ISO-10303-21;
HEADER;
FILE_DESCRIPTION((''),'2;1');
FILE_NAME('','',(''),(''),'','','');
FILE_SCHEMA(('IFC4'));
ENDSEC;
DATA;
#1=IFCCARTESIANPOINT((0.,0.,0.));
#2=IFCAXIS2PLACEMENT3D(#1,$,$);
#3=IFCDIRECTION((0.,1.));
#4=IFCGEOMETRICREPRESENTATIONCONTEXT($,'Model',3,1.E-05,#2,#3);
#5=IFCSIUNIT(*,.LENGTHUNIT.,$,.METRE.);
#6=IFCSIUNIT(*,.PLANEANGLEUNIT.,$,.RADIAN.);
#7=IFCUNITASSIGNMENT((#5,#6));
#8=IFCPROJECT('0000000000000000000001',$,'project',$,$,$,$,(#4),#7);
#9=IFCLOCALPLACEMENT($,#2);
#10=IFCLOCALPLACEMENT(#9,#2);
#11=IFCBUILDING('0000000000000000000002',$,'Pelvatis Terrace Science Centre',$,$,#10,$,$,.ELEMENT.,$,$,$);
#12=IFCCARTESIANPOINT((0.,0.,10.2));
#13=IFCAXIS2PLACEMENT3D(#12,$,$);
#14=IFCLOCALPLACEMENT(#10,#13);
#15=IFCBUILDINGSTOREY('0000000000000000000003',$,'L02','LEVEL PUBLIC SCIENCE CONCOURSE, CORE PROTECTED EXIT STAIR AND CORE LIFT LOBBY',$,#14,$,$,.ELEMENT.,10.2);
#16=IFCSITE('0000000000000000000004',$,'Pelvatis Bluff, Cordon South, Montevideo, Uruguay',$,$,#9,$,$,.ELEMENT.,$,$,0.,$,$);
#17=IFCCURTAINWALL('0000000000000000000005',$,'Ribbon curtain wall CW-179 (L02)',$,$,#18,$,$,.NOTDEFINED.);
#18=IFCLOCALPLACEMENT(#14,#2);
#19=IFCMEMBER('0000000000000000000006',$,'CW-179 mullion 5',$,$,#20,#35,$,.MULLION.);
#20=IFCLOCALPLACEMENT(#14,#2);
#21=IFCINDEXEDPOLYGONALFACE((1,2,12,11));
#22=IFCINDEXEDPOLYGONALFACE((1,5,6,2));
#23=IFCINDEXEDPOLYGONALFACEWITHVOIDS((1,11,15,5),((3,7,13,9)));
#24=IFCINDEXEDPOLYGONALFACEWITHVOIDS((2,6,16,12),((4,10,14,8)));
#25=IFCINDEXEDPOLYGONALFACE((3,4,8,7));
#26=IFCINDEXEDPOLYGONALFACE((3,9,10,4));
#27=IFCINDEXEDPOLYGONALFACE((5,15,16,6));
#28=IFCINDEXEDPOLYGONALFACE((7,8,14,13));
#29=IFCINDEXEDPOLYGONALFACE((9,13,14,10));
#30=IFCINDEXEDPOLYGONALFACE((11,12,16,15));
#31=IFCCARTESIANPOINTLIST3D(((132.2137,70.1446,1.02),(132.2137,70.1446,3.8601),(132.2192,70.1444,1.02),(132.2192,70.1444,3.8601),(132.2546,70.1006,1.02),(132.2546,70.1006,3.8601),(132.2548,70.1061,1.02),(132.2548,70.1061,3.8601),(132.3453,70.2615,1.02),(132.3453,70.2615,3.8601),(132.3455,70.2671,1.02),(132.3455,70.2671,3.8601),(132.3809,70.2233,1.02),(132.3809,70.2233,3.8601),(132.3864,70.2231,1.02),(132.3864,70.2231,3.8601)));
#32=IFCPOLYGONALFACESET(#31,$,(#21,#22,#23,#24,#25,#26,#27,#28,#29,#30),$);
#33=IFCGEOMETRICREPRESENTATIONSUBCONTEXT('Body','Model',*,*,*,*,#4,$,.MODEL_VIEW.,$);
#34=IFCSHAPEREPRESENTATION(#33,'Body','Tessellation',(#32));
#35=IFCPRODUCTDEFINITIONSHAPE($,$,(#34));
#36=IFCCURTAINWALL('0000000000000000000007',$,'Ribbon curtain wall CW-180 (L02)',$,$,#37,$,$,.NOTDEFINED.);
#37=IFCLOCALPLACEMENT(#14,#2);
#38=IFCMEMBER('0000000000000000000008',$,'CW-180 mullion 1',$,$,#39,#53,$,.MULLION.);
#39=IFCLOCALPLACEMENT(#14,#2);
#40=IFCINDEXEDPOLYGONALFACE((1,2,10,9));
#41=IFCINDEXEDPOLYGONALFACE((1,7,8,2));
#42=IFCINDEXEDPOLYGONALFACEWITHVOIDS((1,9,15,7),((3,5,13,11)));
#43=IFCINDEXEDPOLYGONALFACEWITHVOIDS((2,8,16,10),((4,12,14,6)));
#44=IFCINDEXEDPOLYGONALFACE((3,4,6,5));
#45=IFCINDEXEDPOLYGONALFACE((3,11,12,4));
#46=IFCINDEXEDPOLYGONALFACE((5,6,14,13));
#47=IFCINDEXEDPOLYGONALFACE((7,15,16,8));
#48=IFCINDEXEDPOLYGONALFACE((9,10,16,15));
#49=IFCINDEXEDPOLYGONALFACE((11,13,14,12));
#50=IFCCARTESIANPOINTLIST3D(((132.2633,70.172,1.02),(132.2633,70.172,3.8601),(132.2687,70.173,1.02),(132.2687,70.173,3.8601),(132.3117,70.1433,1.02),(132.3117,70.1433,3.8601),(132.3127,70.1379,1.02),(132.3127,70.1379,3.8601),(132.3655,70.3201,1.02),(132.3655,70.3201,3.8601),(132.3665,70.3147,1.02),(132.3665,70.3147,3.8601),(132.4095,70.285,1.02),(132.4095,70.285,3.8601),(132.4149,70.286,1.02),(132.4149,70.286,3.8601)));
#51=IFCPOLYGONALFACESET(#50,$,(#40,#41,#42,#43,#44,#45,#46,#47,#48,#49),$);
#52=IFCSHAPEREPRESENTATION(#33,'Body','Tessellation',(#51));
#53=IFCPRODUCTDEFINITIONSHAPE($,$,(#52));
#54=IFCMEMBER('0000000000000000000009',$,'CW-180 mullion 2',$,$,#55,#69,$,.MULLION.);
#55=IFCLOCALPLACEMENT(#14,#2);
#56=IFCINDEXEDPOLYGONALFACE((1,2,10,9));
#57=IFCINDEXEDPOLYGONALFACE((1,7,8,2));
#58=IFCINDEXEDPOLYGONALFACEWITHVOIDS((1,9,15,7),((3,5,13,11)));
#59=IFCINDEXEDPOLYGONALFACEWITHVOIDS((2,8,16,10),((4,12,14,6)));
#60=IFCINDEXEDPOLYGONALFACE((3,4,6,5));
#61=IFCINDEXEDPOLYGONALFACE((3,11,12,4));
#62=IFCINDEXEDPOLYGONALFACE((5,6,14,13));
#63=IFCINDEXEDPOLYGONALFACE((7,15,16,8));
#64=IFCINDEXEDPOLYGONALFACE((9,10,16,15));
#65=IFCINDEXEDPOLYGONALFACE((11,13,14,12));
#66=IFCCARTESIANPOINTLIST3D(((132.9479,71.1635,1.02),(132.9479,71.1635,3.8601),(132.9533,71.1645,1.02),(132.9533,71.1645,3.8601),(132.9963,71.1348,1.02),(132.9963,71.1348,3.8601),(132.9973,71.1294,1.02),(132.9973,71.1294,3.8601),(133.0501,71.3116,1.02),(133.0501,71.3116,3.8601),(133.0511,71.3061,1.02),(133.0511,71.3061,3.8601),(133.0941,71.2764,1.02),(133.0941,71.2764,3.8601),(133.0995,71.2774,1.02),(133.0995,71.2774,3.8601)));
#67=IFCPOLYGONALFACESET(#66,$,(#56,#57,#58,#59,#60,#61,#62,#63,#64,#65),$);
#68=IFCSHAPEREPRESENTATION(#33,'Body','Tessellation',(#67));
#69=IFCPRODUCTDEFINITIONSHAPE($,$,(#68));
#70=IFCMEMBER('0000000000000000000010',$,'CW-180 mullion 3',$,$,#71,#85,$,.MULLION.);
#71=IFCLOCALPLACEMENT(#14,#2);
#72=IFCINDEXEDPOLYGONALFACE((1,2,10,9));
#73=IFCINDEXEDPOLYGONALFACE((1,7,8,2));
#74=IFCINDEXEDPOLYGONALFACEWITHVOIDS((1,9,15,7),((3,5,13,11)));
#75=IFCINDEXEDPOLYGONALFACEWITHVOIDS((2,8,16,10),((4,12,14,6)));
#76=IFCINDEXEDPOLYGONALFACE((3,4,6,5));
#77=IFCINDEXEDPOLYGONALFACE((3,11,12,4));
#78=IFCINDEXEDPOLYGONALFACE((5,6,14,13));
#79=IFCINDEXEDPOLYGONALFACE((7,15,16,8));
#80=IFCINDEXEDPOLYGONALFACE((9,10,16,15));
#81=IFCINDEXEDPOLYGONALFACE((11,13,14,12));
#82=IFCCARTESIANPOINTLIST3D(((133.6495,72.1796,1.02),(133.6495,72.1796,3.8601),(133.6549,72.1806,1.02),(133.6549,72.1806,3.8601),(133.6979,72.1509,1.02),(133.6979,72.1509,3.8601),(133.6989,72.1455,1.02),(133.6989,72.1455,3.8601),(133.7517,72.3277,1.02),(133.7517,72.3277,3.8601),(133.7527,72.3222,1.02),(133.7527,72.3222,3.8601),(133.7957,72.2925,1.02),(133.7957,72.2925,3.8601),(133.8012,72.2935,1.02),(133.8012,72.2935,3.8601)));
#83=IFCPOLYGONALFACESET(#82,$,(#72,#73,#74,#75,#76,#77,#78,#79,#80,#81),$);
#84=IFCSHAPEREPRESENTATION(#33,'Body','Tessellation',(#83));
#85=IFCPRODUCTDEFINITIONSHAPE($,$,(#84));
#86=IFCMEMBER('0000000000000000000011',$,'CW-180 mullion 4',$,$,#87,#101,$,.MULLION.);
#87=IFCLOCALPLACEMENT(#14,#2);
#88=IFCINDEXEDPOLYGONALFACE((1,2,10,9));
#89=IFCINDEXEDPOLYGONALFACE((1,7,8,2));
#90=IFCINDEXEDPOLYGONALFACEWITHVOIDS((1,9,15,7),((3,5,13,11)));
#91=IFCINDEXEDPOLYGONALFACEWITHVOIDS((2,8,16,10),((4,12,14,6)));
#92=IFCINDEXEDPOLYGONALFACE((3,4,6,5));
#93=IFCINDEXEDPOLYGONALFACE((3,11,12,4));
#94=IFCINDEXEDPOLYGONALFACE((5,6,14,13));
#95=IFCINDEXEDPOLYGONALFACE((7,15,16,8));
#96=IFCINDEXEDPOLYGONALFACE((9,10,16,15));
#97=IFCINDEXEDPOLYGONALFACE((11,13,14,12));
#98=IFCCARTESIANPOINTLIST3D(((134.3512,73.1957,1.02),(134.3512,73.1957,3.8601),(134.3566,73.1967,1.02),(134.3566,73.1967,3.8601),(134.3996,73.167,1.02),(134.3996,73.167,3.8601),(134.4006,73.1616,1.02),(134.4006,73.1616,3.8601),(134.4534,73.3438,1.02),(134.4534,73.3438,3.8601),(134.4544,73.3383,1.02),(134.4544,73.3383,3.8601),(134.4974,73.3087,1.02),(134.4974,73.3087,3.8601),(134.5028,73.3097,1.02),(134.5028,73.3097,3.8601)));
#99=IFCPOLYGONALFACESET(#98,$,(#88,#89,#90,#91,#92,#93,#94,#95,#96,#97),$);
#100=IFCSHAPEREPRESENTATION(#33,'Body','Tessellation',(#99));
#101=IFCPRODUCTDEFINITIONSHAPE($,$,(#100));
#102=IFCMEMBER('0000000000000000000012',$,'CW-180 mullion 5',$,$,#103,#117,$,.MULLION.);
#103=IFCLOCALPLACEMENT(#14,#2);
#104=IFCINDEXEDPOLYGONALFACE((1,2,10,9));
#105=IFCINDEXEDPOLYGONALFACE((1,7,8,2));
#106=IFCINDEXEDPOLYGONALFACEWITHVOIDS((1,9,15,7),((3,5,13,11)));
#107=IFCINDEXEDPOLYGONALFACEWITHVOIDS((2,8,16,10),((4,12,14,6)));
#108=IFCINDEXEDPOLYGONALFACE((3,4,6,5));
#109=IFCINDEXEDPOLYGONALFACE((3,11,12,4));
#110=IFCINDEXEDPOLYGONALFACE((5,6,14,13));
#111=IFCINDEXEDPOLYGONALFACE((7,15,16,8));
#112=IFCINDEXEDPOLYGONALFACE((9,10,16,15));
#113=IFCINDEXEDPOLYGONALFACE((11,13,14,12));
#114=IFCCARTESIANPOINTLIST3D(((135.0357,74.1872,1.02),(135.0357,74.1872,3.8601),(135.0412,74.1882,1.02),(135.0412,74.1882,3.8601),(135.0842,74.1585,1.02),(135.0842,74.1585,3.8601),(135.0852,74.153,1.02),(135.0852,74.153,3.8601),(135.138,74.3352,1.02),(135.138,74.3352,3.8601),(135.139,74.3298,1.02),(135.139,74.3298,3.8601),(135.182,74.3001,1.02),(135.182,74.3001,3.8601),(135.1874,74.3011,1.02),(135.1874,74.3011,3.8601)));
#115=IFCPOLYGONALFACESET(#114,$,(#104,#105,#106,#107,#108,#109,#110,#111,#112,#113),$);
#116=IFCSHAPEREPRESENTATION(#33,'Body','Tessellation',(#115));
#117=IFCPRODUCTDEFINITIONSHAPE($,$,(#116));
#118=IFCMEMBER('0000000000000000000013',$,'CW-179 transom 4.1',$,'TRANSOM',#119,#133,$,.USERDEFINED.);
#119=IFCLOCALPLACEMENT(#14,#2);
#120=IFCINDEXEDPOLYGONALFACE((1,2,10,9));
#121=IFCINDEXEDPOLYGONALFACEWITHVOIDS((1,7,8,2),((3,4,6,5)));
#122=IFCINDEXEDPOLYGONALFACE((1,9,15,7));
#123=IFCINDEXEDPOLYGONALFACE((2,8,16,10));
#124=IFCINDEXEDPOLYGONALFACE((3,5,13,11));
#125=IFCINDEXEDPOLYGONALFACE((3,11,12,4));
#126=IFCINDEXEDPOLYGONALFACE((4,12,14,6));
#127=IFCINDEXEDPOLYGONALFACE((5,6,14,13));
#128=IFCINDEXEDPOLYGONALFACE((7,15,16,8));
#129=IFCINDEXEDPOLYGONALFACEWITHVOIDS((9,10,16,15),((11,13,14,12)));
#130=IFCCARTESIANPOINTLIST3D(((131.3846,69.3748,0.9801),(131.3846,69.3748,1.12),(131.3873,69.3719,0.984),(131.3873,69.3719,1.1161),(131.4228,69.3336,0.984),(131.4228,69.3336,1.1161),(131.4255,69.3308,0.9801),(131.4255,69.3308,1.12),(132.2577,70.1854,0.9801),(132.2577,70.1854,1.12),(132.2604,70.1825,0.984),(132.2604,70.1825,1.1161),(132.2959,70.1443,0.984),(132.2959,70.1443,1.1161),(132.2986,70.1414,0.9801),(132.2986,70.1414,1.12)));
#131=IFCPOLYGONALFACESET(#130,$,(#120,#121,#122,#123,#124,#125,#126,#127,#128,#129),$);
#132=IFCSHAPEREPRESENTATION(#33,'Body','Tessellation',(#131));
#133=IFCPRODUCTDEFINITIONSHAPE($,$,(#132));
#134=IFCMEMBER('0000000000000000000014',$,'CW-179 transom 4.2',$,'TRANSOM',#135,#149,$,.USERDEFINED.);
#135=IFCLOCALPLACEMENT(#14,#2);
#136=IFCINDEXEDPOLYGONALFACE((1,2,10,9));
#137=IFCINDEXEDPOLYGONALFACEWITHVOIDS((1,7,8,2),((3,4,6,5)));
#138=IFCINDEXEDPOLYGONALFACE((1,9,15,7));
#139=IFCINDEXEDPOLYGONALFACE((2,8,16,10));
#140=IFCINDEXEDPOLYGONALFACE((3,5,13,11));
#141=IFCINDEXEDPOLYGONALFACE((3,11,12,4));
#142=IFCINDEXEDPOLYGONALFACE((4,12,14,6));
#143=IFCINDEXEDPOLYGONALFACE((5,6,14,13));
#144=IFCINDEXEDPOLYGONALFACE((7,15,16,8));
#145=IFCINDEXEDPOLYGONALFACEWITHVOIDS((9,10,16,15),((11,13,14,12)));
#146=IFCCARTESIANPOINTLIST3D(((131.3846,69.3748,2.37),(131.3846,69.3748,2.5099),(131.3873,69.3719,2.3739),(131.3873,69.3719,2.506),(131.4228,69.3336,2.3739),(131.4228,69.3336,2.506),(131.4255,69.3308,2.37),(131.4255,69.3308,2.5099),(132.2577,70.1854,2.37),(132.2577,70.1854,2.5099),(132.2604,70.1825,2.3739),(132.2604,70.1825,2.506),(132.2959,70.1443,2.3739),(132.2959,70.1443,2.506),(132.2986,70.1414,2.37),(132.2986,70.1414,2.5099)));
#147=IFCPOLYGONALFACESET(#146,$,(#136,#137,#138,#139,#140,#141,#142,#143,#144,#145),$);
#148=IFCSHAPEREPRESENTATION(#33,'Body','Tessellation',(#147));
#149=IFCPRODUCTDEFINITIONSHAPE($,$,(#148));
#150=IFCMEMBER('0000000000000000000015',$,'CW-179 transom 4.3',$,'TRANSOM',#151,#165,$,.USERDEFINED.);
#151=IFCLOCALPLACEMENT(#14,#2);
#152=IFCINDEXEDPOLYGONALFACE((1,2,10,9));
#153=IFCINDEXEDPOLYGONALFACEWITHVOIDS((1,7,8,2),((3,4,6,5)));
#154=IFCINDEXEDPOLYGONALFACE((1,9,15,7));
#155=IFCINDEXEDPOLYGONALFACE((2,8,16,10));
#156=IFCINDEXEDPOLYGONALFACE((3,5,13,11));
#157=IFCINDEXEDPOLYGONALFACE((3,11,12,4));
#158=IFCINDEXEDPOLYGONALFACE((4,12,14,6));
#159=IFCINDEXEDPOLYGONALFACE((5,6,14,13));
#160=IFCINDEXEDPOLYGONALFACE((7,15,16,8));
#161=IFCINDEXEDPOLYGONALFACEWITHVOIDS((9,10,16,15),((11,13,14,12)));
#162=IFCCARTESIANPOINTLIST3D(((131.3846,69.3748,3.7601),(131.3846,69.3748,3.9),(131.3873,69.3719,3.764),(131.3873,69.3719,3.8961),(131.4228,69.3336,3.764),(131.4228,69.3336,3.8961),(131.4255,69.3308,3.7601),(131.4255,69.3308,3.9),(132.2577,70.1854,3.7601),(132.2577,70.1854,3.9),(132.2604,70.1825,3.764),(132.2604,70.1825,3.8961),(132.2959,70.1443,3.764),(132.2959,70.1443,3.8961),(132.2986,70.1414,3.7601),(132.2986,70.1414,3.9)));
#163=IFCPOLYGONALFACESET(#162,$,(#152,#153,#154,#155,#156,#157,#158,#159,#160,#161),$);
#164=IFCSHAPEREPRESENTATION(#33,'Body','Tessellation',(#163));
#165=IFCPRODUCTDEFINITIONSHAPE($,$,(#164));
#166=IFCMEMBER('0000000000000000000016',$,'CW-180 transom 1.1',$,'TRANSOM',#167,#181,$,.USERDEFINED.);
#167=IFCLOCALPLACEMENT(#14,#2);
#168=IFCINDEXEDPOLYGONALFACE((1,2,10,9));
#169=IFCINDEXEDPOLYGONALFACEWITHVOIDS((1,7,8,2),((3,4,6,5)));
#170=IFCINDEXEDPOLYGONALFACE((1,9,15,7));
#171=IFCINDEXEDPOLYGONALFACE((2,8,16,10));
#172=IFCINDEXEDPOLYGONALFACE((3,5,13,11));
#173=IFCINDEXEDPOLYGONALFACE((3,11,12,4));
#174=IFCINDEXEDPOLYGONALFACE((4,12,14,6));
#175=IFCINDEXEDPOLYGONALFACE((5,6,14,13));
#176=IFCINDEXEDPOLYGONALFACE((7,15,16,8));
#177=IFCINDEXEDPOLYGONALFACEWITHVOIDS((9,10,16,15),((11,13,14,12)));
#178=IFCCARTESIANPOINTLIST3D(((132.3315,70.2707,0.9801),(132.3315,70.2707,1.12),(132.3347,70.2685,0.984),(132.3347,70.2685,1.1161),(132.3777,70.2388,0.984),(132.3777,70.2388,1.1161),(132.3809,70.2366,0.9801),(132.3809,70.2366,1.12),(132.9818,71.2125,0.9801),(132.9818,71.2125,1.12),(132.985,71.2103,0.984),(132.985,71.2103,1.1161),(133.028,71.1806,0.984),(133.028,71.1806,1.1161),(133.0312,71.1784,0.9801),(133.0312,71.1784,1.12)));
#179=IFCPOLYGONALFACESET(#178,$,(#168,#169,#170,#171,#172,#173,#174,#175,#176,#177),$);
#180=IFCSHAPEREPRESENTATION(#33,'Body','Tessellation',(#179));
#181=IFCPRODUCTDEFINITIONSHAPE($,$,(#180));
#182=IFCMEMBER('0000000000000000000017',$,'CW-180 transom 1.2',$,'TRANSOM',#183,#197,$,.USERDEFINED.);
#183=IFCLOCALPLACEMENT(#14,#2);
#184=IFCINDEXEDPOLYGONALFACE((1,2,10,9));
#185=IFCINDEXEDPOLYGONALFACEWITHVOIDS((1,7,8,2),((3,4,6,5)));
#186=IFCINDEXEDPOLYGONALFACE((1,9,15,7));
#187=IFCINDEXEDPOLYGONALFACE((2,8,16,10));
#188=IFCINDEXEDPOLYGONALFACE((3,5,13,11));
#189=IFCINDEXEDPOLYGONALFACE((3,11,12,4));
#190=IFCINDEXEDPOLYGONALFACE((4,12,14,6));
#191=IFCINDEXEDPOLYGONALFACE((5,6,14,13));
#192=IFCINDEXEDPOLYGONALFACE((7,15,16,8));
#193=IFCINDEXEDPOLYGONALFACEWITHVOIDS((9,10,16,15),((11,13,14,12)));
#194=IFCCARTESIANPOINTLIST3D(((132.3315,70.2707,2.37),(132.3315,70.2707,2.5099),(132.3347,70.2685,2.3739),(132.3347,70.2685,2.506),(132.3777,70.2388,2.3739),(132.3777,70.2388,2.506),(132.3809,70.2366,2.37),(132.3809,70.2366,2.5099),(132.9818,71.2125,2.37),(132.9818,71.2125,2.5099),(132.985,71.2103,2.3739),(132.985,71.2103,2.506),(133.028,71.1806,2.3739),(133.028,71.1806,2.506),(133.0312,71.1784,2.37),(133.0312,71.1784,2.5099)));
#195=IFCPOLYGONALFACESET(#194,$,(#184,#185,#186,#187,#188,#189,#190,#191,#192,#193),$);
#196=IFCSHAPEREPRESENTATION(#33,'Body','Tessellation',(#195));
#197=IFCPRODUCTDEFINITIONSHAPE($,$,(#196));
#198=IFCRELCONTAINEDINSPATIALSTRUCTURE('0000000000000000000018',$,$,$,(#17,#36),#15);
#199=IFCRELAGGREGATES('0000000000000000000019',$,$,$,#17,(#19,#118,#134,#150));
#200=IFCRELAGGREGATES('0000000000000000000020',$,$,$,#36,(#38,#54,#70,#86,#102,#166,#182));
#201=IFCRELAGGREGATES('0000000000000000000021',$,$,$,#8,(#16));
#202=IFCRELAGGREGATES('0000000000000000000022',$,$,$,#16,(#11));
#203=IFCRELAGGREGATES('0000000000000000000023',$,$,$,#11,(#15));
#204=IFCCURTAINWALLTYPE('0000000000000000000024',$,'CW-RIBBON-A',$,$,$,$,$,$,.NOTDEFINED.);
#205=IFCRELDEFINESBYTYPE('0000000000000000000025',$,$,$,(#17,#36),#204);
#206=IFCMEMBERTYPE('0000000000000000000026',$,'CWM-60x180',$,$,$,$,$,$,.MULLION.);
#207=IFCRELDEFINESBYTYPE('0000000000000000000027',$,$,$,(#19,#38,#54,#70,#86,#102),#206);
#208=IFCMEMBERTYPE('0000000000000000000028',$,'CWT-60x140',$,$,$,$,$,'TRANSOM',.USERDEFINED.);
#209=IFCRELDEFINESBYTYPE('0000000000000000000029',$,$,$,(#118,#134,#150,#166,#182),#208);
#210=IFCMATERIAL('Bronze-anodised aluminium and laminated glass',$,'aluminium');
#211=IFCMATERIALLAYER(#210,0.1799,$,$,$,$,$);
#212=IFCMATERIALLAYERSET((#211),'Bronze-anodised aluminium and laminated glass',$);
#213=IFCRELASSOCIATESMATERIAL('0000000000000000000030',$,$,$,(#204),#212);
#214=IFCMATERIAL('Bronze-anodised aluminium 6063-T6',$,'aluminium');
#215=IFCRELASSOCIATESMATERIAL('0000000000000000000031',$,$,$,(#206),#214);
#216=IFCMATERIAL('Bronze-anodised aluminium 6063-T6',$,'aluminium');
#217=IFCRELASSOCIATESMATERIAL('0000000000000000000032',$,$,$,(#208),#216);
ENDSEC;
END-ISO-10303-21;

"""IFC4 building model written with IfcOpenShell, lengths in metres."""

from ifc_helpers import new_model, si_unit, direction, frame, origin, origin_2d, place, context, subcontext, project, spatial, hollow_rectangle, extrude, material, layer, layer_set, material_profile, profile_set, type_object, element, aggregate, save


model = new_model("IFC4")

# Units and contexts
model_context = context("Model", 3, precision=1e-05, world=origin(), true_north=direction((0.0, 1.0)))
body_context = subcontext(model_context, "Body", "Model", "MODEL_VIEW")
ifc_project = project(units=[si_unit("LENGTHUNIT", "METRE"), si_unit("PLANEANGLEUNIT", "RADIAN")], contexts=[model_context])

# Site, building, storey
site_placement = place(None, origin())
site = spatial("IfcSite", under=ifc_project, at=site_placement, Name="Pelvatis Bluff, Cordon South, Montevideo, Uruguay", CompositionType="ELEMENT", RefElevation=0.0)
building_placement = place(site_placement, origin())
building = spatial("IfcBuilding", under=site, at=building_placement, Name="Pelvatis Terrace Science Centre", CompositionType="ELEMENT")
storey_placement = place(building_placement, frame((0.0, 0.0, 10.2)))
storey = spatial("IfcBuildingStorey", under=building, at=storey_placement, Name="L02", Description="LEVEL PUBLIC SCIENCE CONCOURSE, CORE PROTECTED EXIT STAIR AND CORE LIFT LOBBY", CompositionType="ELEMENT", Elevation=10.2)

# Curtain wall, member
ifc_material_1 = material(Name="Bronze-anodised aluminium and laminated glass", Category="aluminium")
ifc_layer_1 = layer(ifc_material_1, 0.1799)
ifc_layer_set_1 = layer_set([ifc_layer_1], Name="Bronze-anodised aluminium and laminated glass")
curtain_wall_type = type_object("IfcCurtainWallType", Name="CW-RIBBON-A", PredefinedType="NOTDEFINED", material=ifc_layer_set_1)
curtain_wall_1_placement = place(storey_placement, origin())
curtain_wall_1 = element("IfcCurtainWall", 1, at=curtain_wall_1_placement, inside=storey, type_object=curtain_wall_type, Name="Ribbon curtain wall CW-179 (L02)", PredefinedType="NOTDEFINED")
ifc_material_2 = material(Name="Bronze-anodised aluminium 6063-T6", Category="aluminium")
ifc_material_profile_1 = material_profile(ifc_material_2, hollow_rectangle(XDim=0.0601, YDim=0.1799, WallThickness=0.0039, at=origin_2d()), Name="ALU-MUL 60x180")
ifc_profile_set_1 = profile_set([ifc_material_profile_1], Name="Bronze-anodised aluminium 6063-T6")
member_type_1 = type_object("IfcMemberType", Name="CWM-60x180", PredefinedType="MULLION", material=ifc_profile_set_1)
member_1_placement = place(storey_placement, frame((132.3, 70.1838, 1.02), z_axis=(0.0, 0.0, 1.0), x_axis=(-0.68047, 0.732776, 0.0)))
member_1 = element("IfcMember", 2, at=member_1_placement, type_object=member_type_1, Name="CW-179 mullion 5", PredefinedType="MULLION", context=body_context, shape_type="SweptSolid", body=[
    extrude(hollow_rectangle(XDim=0.0601, YDim=0.1799, WallThickness=0.0039, at=origin_2d()), origin(), (0.0, 0.0, 1.0), 2.8401),
])

# Curtain wall, members
curtain_wall_2_placement = place(storey_placement, origin())
curtain_wall_2 = element("IfcCurtainWall", 3, at=curtain_wall_2_placement, inside=storey, type_object=curtain_wall_type, Name="Ribbon curtain wall CW-180 (L02)", PredefinedType="NOTDEFINED")
member_2_placement = place(storey_placement, frame((132.3391, 70.229, 1.02), z_axis=(0.0, 0.0, 1.0), x_axis=(-0.822888, 0.568203, 0.0)))
member_2 = element("IfcMember", 4, at=member_2_placement, type_object=member_type_1, Name="CW-180 mullion 1", PredefinedType="MULLION", context=body_context, shape_type="SweptSolid", body=[
    extrude(hollow_rectangle(XDim=0.0601, YDim=0.1799, WallThickness=0.0039, at=origin_2d()), origin(), (0.0, 0.0, 1.0), 2.8401),
])
member_3_placement = place(storey_placement, frame((133.0237, 71.2205, 1.02), z_axis=(0.0, 0.0, 1.0), x_axis=(-0.822888, 0.568203, 0.0)))
member_3 = element("IfcMember", 5, at=member_3_placement, type_object=member_type_1, Name="CW-180 mullion 2", PredefinedType="MULLION", context=body_context, shape_type="SweptSolid", body=[
    extrude(hollow_rectangle(XDim=0.0601, YDim=0.1799, WallThickness=0.0039, at=origin_2d()), origin(), (0.0, 0.0, 1.0), 2.8401),
])
member_4_placement = place(storey_placement, frame((133.7253, 72.2366, 1.02), z_axis=(0.0, 0.0, 1.0), x_axis=(-0.822888, 0.568203, 0.0)))
member_4 = element("IfcMember", 6, at=member_4_placement, type_object=member_type_1, Name="CW-180 mullion 3", PredefinedType="MULLION", context=body_context, shape_type="SweptSolid", body=[
    extrude(hollow_rectangle(XDim=0.0601, YDim=0.1799, WallThickness=0.0039, at=origin_2d()), origin(), (0.0, 0.0, 1.0), 2.8401),
])
member_5_placement = place(storey_placement, frame((134.427, 73.2527, 1.02), z_axis=(0.0, 0.0, 1.0), x_axis=(-0.822888, 0.568203, 0.0)))
member_5 = element("IfcMember", 7, at=member_5_placement, type_object=member_type_1, Name="CW-180 mullion 4", PredefinedType="MULLION", context=body_context, shape_type="SweptSolid", body=[
    extrude(hollow_rectangle(XDim=0.0601, YDim=0.1799, WallThickness=0.0039, at=origin_2d()), origin(), (0.0, 0.0, 1.0), 2.8401),
])
member_6_placement = place(storey_placement, frame((135.1116, 74.2441, 1.02), z_axis=(0.0, 0.0, 1.0), x_axis=(-0.822888, 0.568203, 0.0)))
member_6 = element("IfcMember", 8, at=member_6_placement, type_object=member_type_1, Name="CW-180 mullion 5", PredefinedType="MULLION", context=body_context, shape_type="SweptSolid", body=[
    extrude(hollow_rectangle(XDim=0.0601, YDim=0.1799, WallThickness=0.0039, at=origin_2d()), origin(), (0.0, 0.0, 1.0), 2.8401),
])

# Members
ifc_material_3 = material(Name="Bronze-anodised aluminium 6063-T6", Category="aluminium")
ifc_material_profile_2 = material_profile(ifc_material_3, hollow_rectangle(XDim=0.0601, YDim=0.1399, WallThickness=0.0039, at=origin_2d()), Name="ALU-TRN 60x140")
ifc_profile_set_2 = profile_set([ifc_material_profile_2], Name="Bronze-anodised aluminium 6063-T6")
member_type_2 = type_object("IfcMemberType", Name="CWT-60x140", ElementType="TRANSOM", PredefinedType="USERDEFINED", material=ifc_profile_set_2)
member_7_placement = place(storey_placement, frame((131.405, 69.3528, 1.05), z_axis=(0.732852, 0.680388, 0.0), x_axis=(-0.680388, 0.732852, 0.0)))
member_7 = element("IfcMember", 9, at=member_7_placement, type_object=member_type_2, Name="CW-179 transom 4.1", ObjectType="TRANSOM", PredefinedType="USERDEFINED", context=body_context, shape_type="SweptSolid", body=[
    extrude(hollow_rectangle(XDim=0.0601, YDim=0.1399, WallThickness=0.0039, at=origin_2d()), origin(), (0.0, 0.0, 1.0), 1.1914),
])
member_8_placement = place(storey_placement, frame((131.405, 69.3528, 2.4399), z_axis=(0.732852, 0.680388, 0.0), x_axis=(-0.680388, 0.732852, 0.0)))
member_8 = element("IfcMember", 10, at=member_8_placement, type_object=member_type_2, Name="CW-179 transom 4.2", ObjectType="TRANSOM", PredefinedType="USERDEFINED", context=body_context, shape_type="SweptSolid", body=[
    extrude(hollow_rectangle(XDim=0.0601, YDim=0.1399, WallThickness=0.0039, at=origin_2d()), origin(), (0.0, 0.0, 1.0), 1.1914),
])
member_9_placement = place(storey_placement, frame((131.405, 69.3528, 3.8301), z_axis=(0.732852, 0.680388, 0.0), x_axis=(-0.680388, 0.732852, 0.0)))
member_9 = element("IfcMember", 11, at=member_9_placement, type_object=member_type_2, Name="CW-179 transom 4.3", ObjectType="TRANSOM", PredefinedType="USERDEFINED", context=body_context, shape_type="SweptSolid", body=[
    extrude(hollow_rectangle(XDim=0.0601, YDim=0.1399, WallThickness=0.0039, at=origin_2d()), origin(), (0.0, 0.0, 1.0), 1.1914),
])
member_10_placement = place(storey_placement, frame((132.3562, 70.2537, 1.05), z_axis=(0.568211, 0.822883, 0.0), x_axis=(-0.822883, 0.568211, 0.0)))
member_10 = element("IfcMember", 12, at=member_10_placement, type_object=member_type_2, Name="CW-180 transom 1.1", ObjectType="TRANSOM", PredefinedType="USERDEFINED", context=body_context, shape_type="SweptSolid", body=[
    extrude(hollow_rectangle(XDim=0.0601, YDim=0.1399, WallThickness=0.0039, at=origin_2d()), origin(), (0.0, 0.0, 1.0), 1.1445),
])
member_11_placement = place(storey_placement, frame((132.3562, 70.2537, 2.4399), z_axis=(0.568211, 0.822883, 0.0), x_axis=(-0.822883, 0.568211, 0.0)))
member_11 = element("IfcMember", 13, at=member_11_placement, type_object=member_type_2, Name="CW-180 transom 1.2", ObjectType="TRANSOM", PredefinedType="USERDEFINED", context=body_context, shape_type="SweptSolid", body=[
    extrude(hollow_rectangle(XDim=0.0601, YDim=0.1399, WallThickness=0.0039, at=origin_2d()), origin(), (0.0, 0.0, 1.0), 1.1445),
])

aggregate(curtain_wall_1, [member_1, member_7, member_8, member_9])
aggregate(curtain_wall_2, [member_2, member_3, member_4, member_5, member_6, member_10, member_11])

save(model, "model.ifc")
